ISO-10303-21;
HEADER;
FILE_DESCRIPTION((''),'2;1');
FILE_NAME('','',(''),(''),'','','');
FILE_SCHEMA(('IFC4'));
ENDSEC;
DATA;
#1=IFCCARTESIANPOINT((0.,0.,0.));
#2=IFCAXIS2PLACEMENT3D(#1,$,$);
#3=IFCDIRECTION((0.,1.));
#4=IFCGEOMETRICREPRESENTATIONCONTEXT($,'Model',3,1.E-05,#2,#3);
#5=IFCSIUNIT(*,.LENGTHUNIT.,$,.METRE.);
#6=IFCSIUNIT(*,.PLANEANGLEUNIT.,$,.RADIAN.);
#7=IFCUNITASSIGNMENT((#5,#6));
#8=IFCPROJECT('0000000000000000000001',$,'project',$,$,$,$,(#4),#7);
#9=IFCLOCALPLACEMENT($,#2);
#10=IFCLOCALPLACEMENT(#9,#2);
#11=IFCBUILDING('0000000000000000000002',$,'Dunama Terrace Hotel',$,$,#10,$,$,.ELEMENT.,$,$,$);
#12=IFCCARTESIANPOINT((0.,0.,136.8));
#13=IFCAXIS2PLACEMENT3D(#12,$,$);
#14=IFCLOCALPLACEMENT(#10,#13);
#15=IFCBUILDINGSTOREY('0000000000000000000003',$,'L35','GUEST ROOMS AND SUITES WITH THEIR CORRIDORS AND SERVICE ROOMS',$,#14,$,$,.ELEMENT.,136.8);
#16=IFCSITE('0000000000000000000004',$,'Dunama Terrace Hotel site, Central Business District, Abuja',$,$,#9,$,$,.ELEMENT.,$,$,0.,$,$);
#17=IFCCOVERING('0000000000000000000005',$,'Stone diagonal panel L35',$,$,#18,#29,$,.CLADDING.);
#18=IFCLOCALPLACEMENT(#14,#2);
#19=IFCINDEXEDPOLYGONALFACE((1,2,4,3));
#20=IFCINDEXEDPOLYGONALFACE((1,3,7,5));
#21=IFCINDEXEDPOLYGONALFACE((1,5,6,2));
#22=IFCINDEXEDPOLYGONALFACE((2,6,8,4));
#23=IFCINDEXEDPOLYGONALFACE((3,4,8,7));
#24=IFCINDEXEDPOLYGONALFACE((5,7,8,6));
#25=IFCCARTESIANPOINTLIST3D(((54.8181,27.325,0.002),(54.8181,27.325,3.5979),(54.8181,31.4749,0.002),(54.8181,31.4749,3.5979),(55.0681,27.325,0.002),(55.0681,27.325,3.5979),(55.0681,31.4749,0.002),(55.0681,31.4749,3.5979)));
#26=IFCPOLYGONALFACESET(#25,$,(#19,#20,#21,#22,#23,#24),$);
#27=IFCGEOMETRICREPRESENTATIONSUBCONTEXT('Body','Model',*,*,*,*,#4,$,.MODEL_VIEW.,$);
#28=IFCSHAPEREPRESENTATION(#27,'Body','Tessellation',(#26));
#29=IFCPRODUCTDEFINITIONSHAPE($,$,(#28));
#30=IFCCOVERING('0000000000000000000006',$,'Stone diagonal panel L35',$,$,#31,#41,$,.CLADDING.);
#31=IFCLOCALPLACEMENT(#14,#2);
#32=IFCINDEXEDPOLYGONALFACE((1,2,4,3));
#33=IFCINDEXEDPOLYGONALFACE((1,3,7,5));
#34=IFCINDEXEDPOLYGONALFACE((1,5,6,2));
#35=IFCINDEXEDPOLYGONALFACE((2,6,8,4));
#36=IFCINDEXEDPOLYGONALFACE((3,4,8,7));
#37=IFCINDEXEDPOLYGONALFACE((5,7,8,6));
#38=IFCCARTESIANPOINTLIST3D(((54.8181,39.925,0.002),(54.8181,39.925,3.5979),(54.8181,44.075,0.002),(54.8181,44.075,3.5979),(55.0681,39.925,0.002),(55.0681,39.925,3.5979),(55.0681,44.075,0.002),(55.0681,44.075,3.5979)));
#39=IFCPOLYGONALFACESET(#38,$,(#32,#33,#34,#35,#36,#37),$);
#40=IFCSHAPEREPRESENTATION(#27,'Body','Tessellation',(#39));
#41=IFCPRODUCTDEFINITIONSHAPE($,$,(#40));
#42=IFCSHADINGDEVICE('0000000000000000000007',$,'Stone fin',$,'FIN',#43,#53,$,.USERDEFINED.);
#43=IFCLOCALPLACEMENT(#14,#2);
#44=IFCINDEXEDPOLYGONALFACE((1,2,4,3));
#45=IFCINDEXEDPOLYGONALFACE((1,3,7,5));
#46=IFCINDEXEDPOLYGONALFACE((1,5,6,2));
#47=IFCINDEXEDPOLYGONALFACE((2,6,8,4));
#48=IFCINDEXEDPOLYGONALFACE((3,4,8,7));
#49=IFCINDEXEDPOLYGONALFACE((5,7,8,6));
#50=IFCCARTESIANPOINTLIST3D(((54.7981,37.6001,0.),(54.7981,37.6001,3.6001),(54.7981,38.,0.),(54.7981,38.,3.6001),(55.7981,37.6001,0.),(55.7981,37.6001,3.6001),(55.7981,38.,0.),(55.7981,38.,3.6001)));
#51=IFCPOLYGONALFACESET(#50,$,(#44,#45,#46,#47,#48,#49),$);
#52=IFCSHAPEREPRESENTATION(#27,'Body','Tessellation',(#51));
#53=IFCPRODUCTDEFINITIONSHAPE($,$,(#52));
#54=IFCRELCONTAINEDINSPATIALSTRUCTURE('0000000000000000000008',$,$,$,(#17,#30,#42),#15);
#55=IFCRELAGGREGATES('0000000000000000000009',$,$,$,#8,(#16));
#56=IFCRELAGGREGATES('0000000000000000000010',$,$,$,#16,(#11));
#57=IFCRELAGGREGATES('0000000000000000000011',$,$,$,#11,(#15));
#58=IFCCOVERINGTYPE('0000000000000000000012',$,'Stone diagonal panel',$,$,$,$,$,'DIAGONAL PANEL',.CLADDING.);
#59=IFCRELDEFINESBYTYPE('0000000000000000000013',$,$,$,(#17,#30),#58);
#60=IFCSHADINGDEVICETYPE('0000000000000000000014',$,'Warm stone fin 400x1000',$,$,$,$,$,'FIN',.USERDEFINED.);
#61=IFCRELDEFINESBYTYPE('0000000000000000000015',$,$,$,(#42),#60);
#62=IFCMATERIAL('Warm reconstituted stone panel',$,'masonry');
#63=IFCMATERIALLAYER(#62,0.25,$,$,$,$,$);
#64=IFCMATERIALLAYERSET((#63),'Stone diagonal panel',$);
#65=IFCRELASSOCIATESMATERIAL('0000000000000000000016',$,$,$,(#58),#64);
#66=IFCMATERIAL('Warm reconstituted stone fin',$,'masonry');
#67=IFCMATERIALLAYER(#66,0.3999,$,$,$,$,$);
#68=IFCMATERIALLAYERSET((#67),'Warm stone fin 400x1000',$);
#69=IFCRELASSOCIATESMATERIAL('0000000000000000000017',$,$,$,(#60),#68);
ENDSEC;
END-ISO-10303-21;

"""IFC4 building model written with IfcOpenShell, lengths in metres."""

from ifc_helpers import new_model, si_unit, direction, frame, origin, origin_2d, place, context, subcontext, project, spatial, rectangle, extrude, material, layer, layer_set, type_object, element, save


model = new_model("IFC4")

# Units and contexts
model_context = context("Model", 3, precision=1e-05, world=origin(), true_north=direction((0.0, 1.0)))
body_context = subcontext(model_context, "Body", "Model", "MODEL_VIEW")
ifc_project = project(units=[si_unit("LENGTHUNIT", "METRE"), si_unit("PLANEANGLEUNIT", "RADIAN")], contexts=[model_context])

# Site, building, storey
site_placement = place(None, origin())
site = spatial("IfcSite", under=ifc_project, at=site_placement, Name="Dunama Terrace Hotel site, Central Business District, Abuja", CompositionType="ELEMENT", RefElevation=0.0)
building_placement = place(site_placement, origin())
building = spatial("IfcBuilding", under=site, at=building_placement, Name="Dunama Terrace Hotel", CompositionType="ELEMENT")
storey_placement = place(building_placement, frame((0.0, 0.0, 136.8)))
storey = spatial("IfcBuildingStorey", under=building, at=storey_placement, Name="L35", Description="GUEST ROOMS AND SUITES WITH THEIR CORRIDORS AND SERVICE ROOMS", CompositionType="ELEMENT", Elevation=136.8)

# Coverings
ifc_material_1 = material(Name="Warm reconstituted stone panel", Category="masonry")
ifc_layer_1 = layer(ifc_material_1, 0.25)
ifc_layer_set_1 = layer_set([ifc_layer_1], Name="Stone diagonal panel")
covering_type = type_object("IfcCoveringType", Name="Stone diagonal panel", ElementType="DIAGONAL PANEL", PredefinedType="CLADDING", material=ifc_layer_set_1)
for number, where, z_axis, x_axis, name in (
    (1, (54.9431, 29.3999, 0.002), (0.0, 0.0, 1.0), (0.0, 1.0, 0.0), "Stone diagonal panel L35"),
    (2, (54.9431, 42.0, 0.002), (0.0, 0.0, 1.0), (0.0, 1.0, 0.0), "Stone diagonal panel L35"),
):
    element("IfcCovering", number, at=place(storey_placement, frame(where, z_axis=z_axis, x_axis=x_axis)), inside=storey, type_object=covering_type, Name=name, PredefinedType="CLADDING", context=body_context, shape_type="SweptSolid", body=[
        extrude(rectangle(XDim=4.1499, YDim=0.25, at=origin_2d()), origin(), (0.0, 0.0, 1.0), 3.5959),
    ])

# Shading device
ifc_material_2 = material(Name="Warm reconstituted stone fin", Category="masonry")
ifc_layer_2 = layer(ifc_material_2, 0.3999)
ifc_layer_set_2 = layer_set([ifc_layer_2], Name="Warm stone fin 400x1000")
shading_device_type = type_object("IfcShadingDeviceType", Name="Warm stone fin 400x1000", ElementType="FIN", PredefinedType="USERDEFINED", material=ifc_layer_set_2)
shading_device_placement = place(storey_placement, frame((55.2981, 37.8, 0.0), z_axis=(0.0, 0.0, 1.0), x_axis=(0.0, 1.0, 0.0)))
element("IfcShadingDevice", 3, at=shading_device_placement, inside=storey, type_object=shading_device_type, Name="Stone fin", ObjectType="FIN", PredefinedType="USERDEFINED", context=body_context, shape_type="SweptSolid", body=[
    extrude(rectangle(XDim=0.3999, YDim=1.0, at=origin_2d()), origin(), (0.0, 0.0, 1.0), 3.6001),
])

save(model, "model.ifc")
